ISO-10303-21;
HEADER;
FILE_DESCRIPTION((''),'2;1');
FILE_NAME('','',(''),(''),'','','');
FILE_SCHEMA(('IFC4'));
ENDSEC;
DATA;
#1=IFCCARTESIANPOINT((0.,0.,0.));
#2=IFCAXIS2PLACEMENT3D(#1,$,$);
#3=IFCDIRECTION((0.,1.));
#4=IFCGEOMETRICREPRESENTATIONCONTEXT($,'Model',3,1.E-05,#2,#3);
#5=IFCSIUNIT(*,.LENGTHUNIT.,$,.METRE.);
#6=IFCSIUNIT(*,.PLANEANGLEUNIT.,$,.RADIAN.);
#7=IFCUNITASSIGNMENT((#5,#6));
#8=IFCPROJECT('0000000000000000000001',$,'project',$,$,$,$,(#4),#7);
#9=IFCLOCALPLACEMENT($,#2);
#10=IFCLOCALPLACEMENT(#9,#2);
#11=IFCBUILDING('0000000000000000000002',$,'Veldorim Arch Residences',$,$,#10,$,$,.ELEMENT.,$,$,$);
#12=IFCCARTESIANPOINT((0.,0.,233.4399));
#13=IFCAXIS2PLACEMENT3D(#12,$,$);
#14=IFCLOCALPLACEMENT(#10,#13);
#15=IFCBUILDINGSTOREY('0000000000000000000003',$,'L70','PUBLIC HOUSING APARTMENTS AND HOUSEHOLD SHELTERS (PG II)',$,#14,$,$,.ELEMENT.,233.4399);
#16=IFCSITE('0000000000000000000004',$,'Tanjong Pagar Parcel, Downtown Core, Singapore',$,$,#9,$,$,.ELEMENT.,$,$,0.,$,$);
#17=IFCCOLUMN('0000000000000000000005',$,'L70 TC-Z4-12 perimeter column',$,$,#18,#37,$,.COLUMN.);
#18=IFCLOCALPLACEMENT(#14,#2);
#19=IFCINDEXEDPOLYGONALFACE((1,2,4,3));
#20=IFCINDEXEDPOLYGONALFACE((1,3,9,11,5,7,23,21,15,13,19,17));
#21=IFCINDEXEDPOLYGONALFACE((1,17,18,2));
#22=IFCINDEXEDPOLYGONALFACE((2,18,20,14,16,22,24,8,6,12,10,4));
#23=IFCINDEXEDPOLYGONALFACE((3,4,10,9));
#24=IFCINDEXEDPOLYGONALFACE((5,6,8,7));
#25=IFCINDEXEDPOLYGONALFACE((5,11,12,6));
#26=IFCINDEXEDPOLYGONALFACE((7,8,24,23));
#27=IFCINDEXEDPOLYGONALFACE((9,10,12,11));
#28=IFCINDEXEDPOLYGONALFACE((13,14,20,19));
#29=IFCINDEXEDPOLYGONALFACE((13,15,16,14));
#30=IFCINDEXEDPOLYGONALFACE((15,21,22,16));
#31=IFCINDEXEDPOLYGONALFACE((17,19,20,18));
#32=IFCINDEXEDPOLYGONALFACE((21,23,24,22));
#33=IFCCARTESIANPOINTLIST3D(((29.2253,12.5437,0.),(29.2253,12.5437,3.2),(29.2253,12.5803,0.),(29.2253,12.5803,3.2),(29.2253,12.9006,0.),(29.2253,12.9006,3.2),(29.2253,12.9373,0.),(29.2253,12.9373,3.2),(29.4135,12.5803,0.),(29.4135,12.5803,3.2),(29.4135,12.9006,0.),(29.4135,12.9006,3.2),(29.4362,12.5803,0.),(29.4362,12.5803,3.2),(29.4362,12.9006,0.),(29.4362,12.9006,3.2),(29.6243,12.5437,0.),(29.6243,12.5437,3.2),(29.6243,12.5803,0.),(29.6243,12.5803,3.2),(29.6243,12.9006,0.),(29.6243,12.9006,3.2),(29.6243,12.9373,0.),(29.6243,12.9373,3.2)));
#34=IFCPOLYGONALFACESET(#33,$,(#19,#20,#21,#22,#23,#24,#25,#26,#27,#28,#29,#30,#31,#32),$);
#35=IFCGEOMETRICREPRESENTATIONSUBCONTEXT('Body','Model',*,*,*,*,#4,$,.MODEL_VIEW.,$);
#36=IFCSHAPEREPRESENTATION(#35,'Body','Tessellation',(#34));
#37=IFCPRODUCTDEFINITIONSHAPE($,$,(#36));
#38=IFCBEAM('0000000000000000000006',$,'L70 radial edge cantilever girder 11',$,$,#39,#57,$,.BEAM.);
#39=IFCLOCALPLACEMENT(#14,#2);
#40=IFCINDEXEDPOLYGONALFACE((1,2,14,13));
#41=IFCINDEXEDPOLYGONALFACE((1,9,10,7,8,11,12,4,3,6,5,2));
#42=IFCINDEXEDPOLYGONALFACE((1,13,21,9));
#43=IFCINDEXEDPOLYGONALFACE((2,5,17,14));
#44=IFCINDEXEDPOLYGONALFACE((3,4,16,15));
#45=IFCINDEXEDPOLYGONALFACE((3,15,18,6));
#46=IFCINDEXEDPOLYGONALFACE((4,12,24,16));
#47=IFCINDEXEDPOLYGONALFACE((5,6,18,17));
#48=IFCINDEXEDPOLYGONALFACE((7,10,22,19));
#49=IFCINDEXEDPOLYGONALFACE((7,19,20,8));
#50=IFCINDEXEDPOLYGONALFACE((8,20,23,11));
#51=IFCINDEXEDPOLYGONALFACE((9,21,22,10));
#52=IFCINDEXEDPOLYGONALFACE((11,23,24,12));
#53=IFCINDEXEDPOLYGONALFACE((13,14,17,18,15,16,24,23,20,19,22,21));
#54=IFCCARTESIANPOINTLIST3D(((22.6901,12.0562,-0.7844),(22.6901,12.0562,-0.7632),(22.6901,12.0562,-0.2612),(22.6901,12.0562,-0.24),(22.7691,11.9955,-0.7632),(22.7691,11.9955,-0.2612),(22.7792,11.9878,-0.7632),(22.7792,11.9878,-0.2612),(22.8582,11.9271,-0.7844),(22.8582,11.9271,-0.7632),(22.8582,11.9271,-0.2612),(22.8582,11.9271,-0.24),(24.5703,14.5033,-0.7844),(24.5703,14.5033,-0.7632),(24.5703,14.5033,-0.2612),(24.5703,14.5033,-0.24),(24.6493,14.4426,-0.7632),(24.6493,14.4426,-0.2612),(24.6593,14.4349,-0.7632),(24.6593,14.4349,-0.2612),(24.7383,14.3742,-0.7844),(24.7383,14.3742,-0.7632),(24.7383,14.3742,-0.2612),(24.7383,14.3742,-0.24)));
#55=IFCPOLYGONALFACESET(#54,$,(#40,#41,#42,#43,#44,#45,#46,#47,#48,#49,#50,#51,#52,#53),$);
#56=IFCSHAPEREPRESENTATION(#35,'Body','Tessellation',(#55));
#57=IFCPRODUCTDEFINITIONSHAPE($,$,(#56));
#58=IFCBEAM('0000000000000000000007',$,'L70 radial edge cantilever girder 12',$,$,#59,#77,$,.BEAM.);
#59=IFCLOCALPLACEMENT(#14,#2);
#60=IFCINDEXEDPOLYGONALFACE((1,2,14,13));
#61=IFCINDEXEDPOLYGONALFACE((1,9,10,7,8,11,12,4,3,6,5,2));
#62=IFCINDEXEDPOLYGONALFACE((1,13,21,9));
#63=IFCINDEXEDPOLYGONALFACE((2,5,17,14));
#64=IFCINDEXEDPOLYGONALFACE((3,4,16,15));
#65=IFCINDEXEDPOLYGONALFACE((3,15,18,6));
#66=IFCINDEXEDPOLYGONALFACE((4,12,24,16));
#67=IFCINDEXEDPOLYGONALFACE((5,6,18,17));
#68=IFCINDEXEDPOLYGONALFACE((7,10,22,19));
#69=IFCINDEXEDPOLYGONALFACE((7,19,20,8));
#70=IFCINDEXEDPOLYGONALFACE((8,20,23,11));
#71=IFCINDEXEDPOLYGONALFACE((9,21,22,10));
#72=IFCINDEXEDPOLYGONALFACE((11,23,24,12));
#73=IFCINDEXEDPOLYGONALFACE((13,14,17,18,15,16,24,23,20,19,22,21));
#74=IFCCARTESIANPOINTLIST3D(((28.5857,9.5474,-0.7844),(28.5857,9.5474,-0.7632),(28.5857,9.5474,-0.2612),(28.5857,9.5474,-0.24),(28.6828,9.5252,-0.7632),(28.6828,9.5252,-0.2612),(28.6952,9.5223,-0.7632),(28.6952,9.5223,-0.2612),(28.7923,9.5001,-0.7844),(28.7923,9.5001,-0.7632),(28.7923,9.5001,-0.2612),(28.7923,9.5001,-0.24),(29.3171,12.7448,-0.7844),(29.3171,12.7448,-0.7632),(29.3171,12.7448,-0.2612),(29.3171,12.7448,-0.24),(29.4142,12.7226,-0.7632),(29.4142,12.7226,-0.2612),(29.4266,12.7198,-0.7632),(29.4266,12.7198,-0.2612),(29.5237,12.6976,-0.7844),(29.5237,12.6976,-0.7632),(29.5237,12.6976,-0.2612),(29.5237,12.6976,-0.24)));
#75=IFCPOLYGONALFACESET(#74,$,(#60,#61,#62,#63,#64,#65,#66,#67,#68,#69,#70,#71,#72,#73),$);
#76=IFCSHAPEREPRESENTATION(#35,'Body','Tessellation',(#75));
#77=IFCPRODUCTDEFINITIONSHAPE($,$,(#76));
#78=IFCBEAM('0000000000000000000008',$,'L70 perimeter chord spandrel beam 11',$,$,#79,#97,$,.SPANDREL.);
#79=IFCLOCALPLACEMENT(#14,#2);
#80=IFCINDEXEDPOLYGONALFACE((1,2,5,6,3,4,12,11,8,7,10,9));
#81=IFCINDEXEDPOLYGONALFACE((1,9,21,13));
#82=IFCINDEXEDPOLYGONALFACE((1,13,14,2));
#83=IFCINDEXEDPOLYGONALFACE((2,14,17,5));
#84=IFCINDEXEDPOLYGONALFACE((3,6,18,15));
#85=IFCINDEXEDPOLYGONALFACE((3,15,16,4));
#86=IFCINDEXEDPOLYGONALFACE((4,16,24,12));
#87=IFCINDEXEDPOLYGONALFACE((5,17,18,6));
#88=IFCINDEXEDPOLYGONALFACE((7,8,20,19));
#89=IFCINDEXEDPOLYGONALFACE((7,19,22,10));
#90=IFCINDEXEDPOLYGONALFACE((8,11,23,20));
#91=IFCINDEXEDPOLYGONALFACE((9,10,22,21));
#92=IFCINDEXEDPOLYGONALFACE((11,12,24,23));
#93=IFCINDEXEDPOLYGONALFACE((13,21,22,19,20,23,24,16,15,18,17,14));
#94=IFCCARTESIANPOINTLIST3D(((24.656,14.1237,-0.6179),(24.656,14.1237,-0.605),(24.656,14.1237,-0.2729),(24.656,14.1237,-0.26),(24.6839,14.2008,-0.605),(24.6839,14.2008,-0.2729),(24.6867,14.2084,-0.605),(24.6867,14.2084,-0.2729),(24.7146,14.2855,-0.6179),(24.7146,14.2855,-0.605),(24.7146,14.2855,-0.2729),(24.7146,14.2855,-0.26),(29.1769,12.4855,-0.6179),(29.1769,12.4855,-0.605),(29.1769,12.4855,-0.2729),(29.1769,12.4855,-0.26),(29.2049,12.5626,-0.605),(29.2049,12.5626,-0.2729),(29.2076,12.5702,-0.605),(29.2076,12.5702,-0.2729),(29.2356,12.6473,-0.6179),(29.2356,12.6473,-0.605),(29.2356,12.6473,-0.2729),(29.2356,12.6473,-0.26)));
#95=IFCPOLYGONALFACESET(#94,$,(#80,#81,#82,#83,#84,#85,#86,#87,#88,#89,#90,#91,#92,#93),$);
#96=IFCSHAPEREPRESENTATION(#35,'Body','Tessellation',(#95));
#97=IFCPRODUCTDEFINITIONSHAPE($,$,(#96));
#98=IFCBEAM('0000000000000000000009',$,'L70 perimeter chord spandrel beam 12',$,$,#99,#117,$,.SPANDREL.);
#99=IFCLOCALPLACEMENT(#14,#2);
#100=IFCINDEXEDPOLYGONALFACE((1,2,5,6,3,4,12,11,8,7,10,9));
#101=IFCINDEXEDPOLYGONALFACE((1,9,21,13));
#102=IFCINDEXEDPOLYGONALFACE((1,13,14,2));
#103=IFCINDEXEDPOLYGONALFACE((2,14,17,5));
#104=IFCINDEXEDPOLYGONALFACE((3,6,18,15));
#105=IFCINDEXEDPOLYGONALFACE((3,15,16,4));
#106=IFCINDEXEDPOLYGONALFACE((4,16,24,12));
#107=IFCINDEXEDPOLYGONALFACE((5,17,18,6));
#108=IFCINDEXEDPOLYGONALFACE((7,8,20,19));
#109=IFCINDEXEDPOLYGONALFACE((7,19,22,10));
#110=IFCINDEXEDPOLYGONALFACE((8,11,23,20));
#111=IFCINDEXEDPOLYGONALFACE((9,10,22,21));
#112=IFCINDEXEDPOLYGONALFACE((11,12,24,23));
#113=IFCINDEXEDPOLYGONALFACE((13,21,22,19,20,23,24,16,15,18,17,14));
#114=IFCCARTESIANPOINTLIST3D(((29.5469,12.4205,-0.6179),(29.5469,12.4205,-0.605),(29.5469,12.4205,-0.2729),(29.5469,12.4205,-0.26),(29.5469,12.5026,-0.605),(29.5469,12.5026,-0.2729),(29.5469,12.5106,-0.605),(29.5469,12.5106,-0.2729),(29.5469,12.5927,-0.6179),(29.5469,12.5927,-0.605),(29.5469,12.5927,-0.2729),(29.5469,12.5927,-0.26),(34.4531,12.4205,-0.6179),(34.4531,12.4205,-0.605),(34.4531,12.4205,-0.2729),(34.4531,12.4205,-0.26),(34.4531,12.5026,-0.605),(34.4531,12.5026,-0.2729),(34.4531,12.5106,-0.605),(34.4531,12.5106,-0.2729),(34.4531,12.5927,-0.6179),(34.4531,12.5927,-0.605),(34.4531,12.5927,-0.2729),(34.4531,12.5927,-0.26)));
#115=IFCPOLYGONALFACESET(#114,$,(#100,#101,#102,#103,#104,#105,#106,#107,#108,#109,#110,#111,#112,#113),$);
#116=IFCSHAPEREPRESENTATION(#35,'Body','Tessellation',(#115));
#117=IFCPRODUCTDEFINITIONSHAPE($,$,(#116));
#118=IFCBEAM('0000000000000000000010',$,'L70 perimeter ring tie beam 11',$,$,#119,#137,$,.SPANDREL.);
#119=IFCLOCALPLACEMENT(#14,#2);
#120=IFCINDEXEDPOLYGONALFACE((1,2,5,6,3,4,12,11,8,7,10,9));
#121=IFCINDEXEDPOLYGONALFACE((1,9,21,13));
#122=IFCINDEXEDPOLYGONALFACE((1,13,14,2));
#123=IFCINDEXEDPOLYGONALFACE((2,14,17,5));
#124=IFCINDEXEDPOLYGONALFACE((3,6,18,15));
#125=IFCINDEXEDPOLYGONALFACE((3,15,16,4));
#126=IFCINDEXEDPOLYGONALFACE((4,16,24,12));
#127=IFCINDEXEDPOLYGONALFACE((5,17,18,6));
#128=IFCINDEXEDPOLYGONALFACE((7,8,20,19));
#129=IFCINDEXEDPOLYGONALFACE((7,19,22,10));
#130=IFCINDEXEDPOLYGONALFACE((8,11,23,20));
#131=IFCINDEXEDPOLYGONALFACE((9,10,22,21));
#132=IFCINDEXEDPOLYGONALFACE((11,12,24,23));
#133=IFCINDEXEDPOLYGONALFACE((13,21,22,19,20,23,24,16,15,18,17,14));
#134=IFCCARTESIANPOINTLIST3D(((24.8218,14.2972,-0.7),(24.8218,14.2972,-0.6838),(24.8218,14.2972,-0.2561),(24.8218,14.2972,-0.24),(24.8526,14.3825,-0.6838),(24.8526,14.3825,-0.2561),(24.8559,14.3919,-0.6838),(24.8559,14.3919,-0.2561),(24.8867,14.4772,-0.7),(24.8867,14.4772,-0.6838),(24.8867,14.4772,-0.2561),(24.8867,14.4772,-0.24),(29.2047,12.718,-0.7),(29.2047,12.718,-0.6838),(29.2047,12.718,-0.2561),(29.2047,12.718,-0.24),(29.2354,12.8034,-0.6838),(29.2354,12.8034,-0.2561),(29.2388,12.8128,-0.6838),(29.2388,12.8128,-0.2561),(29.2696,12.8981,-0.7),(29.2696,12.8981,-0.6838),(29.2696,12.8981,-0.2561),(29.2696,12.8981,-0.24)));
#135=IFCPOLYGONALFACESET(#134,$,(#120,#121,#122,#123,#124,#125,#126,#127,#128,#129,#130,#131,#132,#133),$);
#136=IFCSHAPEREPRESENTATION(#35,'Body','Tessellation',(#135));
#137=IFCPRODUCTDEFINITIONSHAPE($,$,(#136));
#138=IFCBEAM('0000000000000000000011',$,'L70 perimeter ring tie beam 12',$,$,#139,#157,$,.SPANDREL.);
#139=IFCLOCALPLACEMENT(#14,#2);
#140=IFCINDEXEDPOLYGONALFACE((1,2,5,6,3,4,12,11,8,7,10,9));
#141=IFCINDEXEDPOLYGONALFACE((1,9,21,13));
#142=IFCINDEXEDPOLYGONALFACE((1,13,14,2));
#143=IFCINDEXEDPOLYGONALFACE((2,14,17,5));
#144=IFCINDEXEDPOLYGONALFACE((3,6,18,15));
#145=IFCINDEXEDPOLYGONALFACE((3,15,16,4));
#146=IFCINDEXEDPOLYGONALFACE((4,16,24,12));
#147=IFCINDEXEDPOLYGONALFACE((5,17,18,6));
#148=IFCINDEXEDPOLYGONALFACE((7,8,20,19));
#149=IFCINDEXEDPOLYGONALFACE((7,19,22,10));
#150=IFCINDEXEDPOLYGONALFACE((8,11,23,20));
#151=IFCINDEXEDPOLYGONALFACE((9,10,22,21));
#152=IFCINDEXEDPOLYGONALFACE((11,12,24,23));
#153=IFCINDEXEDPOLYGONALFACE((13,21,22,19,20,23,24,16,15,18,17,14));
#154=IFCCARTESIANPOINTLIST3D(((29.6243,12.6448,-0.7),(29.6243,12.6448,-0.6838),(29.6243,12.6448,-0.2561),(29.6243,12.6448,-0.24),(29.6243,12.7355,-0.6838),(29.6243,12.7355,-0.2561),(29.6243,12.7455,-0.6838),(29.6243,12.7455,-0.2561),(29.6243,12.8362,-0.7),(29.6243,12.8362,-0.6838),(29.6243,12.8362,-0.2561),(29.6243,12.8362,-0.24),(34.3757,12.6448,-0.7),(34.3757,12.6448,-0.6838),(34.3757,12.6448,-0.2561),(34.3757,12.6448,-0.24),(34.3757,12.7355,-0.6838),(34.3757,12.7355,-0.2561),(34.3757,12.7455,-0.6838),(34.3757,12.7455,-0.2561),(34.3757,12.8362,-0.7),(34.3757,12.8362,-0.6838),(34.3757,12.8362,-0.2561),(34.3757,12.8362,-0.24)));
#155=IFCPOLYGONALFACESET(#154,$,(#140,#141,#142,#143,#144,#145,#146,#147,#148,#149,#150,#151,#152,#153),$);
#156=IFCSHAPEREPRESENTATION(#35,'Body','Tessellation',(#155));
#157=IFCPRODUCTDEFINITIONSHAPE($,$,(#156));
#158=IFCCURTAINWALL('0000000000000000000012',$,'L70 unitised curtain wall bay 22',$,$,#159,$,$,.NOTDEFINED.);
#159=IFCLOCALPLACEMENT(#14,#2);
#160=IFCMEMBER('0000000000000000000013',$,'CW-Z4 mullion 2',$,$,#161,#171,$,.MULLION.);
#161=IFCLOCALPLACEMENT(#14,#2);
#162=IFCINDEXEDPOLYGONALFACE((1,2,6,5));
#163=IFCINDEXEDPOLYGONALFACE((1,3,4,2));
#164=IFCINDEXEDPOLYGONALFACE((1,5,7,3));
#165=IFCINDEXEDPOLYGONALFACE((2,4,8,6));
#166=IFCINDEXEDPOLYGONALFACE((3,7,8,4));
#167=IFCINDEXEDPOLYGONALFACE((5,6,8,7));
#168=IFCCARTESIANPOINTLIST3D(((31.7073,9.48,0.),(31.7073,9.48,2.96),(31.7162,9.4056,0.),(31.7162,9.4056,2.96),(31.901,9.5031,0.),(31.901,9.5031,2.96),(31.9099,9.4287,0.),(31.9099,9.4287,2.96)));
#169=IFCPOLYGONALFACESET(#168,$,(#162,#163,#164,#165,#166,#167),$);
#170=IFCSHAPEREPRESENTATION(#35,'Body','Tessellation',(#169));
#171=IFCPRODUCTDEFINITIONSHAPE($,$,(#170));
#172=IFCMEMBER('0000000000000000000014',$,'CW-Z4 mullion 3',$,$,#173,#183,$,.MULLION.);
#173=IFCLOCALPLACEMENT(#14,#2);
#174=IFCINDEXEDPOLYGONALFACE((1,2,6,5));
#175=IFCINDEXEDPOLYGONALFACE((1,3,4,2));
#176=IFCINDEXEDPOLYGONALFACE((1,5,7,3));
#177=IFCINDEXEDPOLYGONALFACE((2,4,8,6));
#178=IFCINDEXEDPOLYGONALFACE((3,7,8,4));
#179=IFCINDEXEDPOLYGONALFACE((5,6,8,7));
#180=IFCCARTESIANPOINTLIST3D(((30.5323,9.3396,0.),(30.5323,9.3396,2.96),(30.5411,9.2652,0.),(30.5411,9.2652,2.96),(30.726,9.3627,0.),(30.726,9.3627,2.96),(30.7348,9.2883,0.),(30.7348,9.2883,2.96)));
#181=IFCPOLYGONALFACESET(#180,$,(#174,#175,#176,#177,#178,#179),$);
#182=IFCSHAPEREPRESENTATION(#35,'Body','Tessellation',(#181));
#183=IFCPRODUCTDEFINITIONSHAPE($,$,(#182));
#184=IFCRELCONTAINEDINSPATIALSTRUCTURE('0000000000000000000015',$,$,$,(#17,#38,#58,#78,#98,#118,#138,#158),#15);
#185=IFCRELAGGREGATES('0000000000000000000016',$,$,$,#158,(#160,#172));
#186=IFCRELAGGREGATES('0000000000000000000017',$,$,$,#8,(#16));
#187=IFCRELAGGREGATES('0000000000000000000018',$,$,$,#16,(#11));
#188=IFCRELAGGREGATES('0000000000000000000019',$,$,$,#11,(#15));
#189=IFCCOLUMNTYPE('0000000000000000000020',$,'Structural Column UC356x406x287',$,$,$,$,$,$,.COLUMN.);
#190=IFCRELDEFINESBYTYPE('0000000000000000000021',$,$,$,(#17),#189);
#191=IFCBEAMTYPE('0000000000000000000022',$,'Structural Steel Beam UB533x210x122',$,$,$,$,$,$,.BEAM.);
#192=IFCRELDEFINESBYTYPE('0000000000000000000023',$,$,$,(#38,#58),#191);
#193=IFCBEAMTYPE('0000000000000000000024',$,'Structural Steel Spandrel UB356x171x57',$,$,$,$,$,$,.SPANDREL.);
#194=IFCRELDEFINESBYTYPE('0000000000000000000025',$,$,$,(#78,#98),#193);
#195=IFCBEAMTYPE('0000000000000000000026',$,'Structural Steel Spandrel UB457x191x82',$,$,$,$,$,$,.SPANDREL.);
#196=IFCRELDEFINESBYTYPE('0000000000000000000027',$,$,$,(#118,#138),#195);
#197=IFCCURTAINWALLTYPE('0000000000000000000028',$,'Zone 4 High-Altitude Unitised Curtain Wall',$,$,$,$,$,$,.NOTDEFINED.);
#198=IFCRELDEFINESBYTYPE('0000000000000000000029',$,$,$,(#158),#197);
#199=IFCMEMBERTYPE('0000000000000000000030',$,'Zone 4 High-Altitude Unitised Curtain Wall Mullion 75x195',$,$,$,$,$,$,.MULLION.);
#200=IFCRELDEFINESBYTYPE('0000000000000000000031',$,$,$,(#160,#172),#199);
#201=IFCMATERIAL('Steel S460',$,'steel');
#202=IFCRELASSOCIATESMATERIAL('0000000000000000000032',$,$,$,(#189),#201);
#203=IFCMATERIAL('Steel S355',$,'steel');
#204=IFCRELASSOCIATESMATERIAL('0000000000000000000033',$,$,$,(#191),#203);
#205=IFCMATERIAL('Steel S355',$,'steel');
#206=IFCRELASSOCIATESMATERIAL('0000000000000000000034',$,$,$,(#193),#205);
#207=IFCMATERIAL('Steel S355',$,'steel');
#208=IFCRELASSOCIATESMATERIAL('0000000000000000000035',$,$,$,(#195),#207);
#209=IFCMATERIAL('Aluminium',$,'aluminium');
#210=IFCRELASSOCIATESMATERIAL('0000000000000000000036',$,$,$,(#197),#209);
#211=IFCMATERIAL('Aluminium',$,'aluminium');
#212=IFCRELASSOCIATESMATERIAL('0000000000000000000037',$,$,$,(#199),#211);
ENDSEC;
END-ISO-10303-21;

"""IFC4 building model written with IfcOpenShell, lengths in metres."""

from ifc_helpers import new_model, si_unit, direction, frame, origin, origin_2d, place, context, subcontext, project, spatial, rectangle, i_section, extrude, material, material_profile, profile_set, type_object, element, aggregate, save


model = new_model("IFC4")

# Units and contexts
model_context = context("Model", 3, precision=1e-05, world=origin(), true_north=direction((0.0, 1.0)))
body_context = subcontext(model_context, "Body", "Model", "MODEL_VIEW")
ifc_project = project(units=[si_unit("LENGTHUNIT", "METRE"), si_unit("PLANEANGLEUNIT", "RADIAN")], contexts=[model_context])

# Site, building, storey
site_placement = place(None, origin())
site = spatial("IfcSite", under=ifc_project, at=site_placement, Name="Tanjong Pagar Parcel, Downtown Core, Singapore", CompositionType="ELEMENT", RefElevation=0.0)
building_placement = place(site_placement, origin())
building = spatial("IfcBuilding", under=site, at=building_placement, Name="Veldorim Arch Residences", CompositionType="ELEMENT")
storey_placement = place(building_placement, frame((0.0, 0.0, 233.4399)))
storey = spatial("IfcBuildingStorey", under=building, at=storey_placement, Name="L70", Description="PUBLIC HOUSING APARTMENTS AND HOUSEHOLD SHELTERS (PG II)", CompositionType="ELEMENT", Elevation=233.4399)

# Column
ifc_material_1 = material(Name="Steel S460", Category="steel")
ifc_material_profile_1 = material_profile(ifc_material_1, i_section(OverallWidth=0.3989, OverallDepth=0.3936, WebThickness=0.0227, FlangeThickness=0.0366, at=origin_2d()), Name="UC356x406x287")
ifc_profile_set_1 = profile_set([ifc_material_profile_1], Name="Steel S460")
column_type = type_object("IfcColumnType", Name="Structural Column UC356x406x287", PredefinedType="COLUMN", material=ifc_profile_set_1)
column_placement = place(storey_placement, frame((29.4248, 12.7405, 0.0), z_axis=(0.0, 0.0, 1.0), x_axis=(1.0, 0.0, 0.0)))
element("IfcColumn", 1, at=column_placement, inside=storey, type_object=column_type, Name="L70 TC-Z4-12 perimeter column", PredefinedType="COLUMN", context=body_context, shape_type="SweptSolid", body=[
    extrude(i_section(OverallWidth=0.3989, OverallDepth=0.3936, WebThickness=0.0227, FlangeThickness=0.0366, at=origin_2d()), origin(), (0.0, 0.0, 1.0), 3.2),
])

# Beams
ifc_material_2 = material(Name="Steel S355", Category="steel")
ifc_material_profile_2 = material_profile(ifc_material_2, i_section(OverallWidth=0.2119, OverallDepth=0.5444, WebThickness=0.0127, FlangeThickness=0.0212, at=origin_2d()), Name="UB533x210x122")
ifc_profile_set_2 = profile_set([ifc_material_profile_2], Name="Steel S355")
beam_type_1 = type_object("IfcBeamType", Name="Structural Steel Beam UB533x210x122", PredefinedType="BEAM", material=ifc_profile_set_2)
beam_1_placement = place(storey_placement, frame((24.6543, 14.4387, -0.5122), z_axis=(-0.609263, -0.792968, 0.0), x_axis=(0.792968, -0.609263, 0.0)))
element("IfcBeam", 2, at=beam_1_placement, inside=storey, type_object=beam_type_1, Name="L70 radial edge cantilever girder 11", PredefinedType="BEAM", context=body_context, shape_type="SweptSolid", body=[
    extrude(i_section(OverallWidth=0.2119, OverallDepth=0.5444, WebThickness=0.0127, FlangeThickness=0.0212, at=origin_2d()), origin(), (0.0, 0.0, 1.0), 3.0859),
])
beam_2_placement = place(storey_placement, frame((29.4204, 12.7212, -0.5122), z_axis=(-0.222995, -0.97482, 0.0), x_axis=(0.97482, -0.222995, 0.0)))
element("IfcBeam", 3, at=beam_2_placement, inside=storey, type_object=beam_type_1, Name="L70 radial edge cantilever girder 12", PredefinedType="BEAM", context=body_context, shape_type="SweptSolid", body=[
    extrude(i_section(OverallWidth=0.2119, OverallDepth=0.5444, WebThickness=0.0127, FlangeThickness=0.0212, at=origin_2d()), origin(), (0.0, 0.0, 1.0), 3.28),
])
ifc_material_3 = material(Name="Steel S355", Category="steel")
ifc_material_profile_3 = material_profile(ifc_material_3, i_section(OverallWidth=0.1721, OverallDepth=0.3579, WebThickness=0.0081, FlangeThickness=0.0129, at=origin_2d()), Name="UB356x171x57")
ifc_profile_set_3 = profile_set([ifc_material_profile_3], Name="Steel S355")
beam_type_2 = type_object("IfcBeamType", Name="Structural Steel Spandrel UB356x171x57", PredefinedType="SPANDREL", material=ifc_profile_set_3)
beam_3_placement = place(storey_placement, frame((24.6853, 14.2046, -0.439), z_axis=(0.940181, -0.340675, 0.0), x_axis=(0.340675, 0.940181, 0.0)))
element("IfcBeam", 4, at=beam_3_placement, inside=storey, type_object=beam_type_2, Name="L70 perimeter chord spandrel beam 11", PredefinedType="SPANDREL", context=body_context, shape_type="SweptSolid", body=[
    extrude(i_section(OverallWidth=0.1721, OverallDepth=0.3579, WebThickness=0.0081, FlangeThickness=0.0129, at=origin_2d()), origin(), (0.0, 0.0, 1.0), 4.8086),
])
beam_4_placement = place(storey_placement, frame((29.5469, 12.5066, -0.439), z_axis=(1.0, 0.0, 0.0), x_axis=(0.0, 1.0, 0.0)))
element("IfcBeam", 5, at=beam_4_placement, inside=storey, type_object=beam_type_2, Name="L70 perimeter chord spandrel beam 12", PredefinedType="SPANDREL", context=body_context, shape_type="SweptSolid", body=[
    extrude(i_section(OverallWidth=0.1721, OverallDepth=0.3579, WebThickness=0.0081, FlangeThickness=0.0129, at=origin_2d()), origin(), (0.0, 0.0, 1.0), 4.9062),
])
ifc_material_4 = material(Name="Steel S355", Category="steel")
ifc_material_profile_4 = material_profile(ifc_material_4, i_section(OverallWidth=0.1914, OverallDepth=0.46, WebThickness=0.01, FlangeThickness=0.0161, at=origin_2d()), Name="UB457x191x82")
ifc_profile_set_4 = profile_set([ifc_material_profile_4], Name="Steel S355")
beam_type_3 = type_object("IfcBeamType", Name="Structural Steel Spandrel UB457x191x82", PredefinedType="SPANDREL", material=ifc_profile_set_4)
beam_5_placement = place(storey_placement, frame((24.8542, 14.3872, -0.47), z_axis=(0.940799, -0.338964, 0.0), x_axis=(0.338964, 0.940799, 0.0)))
element("IfcBeam", 6, at=beam_5_placement, inside=storey, type_object=beam_type_3, Name="L70 perimeter ring tie beam 11", PredefinedType="SPANDREL", context=body_context, shape_type="SweptSolid", body=[
    extrude(i_section(OverallWidth=0.1914, OverallDepth=0.46, WebThickness=0.01, FlangeThickness=0.0161, at=origin_2d()), origin(), (0.0, 0.0, 1.0), 4.6587),
])
beam_6_placement = place(storey_placement, frame((29.6243, 12.7405, -0.47), z_axis=(1.0, 0.0, 0.0), x_axis=(0.0, 1.0, 0.0)))
element("IfcBeam", 7, at=beam_6_placement, inside=storey, type_object=beam_type_3, Name="L70 perimeter ring tie beam 12", PredefinedType="SPANDREL", context=body_context, shape_type="SweptSolid", body=[
    extrude(i_section(OverallWidth=0.1914, OverallDepth=0.46, WebThickness=0.01, FlangeThickness=0.0161, at=origin_2d()), origin(), (0.0, 0.0, 1.0), 4.7515),
])

# Curtain wall, members
ifc_material_5 = material(Name="Aluminium", Category="aluminium")
curtain_wall_type = type_object("IfcCurtainWallType", Name="Zone 4 High-Altitude Unitised Curtain Wall", PredefinedType="NOTDEFINED", material=ifc_material_5)
curtain_wall_placement = place(storey_placement, origin())
curtain_wall = element("IfcCurtainWall", 8, at=curtain_wall_placement, inside=storey, type_object=curtain_wall_type, Name="L70 unitised curtain wall bay 22", PredefinedType="NOTDEFINED")
ifc_material_6 = material(Name="Aluminium", Category="aluminium")
ifc_material_profile_5 = material_profile(ifc_material_6, rectangle(XDim=0.075, YDim=0.1951, at=origin_2d()), Name="ALU_MUL_75x195")
ifc_profile_set_5 = profile_set([ifc_material_profile_5], Name="Aluminium")
member_type_1 = type_object("IfcMemberType", Name="Zone 4 High-Altitude Unitised Curtain Wall Mullion 75x195", PredefinedType="MULLION", material=ifc_profile_set_5)
member_1_placement = place(storey_placement, frame((31.8086, 9.4543, 0.0), z_axis=(0.0, 0.0, 1.0), x_axis=(0.118509, -0.992953, 0.0)))
member_1 = element("IfcMember", 9, at=member_1_placement, type_object=member_type_1, Name="CW-Z4 mullion 2", PredefinedType="MULLION", context=body_context, shape_type="SweptSolid", body=[
    extrude(rectangle(XDim=0.075, YDim=0.1951, at=origin_2d()), origin(), (0.0, 0.0, 1.0), 2.96),
])
member_2_placement = place(storey_placement, frame((30.6335, 9.314, 0.0), z_axis=(0.0, 0.0, 1.0), x_axis=(0.118509, -0.992953, 0.0)))
member_2 = element("IfcMember", 10, at=member_2_placement, type_object=member_type_1, Name="CW-Z4 mullion 3", PredefinedType="MULLION", context=body_context, shape_type="SweptSolid", body=[
    extrude(rectangle(XDim=0.075, YDim=0.1951, at=origin_2d()), origin(), (0.0, 0.0, 1.0), 2.96),
])
aggregate(curtain_wall, [member_1, member_2])

save(model, "model.ifc")
